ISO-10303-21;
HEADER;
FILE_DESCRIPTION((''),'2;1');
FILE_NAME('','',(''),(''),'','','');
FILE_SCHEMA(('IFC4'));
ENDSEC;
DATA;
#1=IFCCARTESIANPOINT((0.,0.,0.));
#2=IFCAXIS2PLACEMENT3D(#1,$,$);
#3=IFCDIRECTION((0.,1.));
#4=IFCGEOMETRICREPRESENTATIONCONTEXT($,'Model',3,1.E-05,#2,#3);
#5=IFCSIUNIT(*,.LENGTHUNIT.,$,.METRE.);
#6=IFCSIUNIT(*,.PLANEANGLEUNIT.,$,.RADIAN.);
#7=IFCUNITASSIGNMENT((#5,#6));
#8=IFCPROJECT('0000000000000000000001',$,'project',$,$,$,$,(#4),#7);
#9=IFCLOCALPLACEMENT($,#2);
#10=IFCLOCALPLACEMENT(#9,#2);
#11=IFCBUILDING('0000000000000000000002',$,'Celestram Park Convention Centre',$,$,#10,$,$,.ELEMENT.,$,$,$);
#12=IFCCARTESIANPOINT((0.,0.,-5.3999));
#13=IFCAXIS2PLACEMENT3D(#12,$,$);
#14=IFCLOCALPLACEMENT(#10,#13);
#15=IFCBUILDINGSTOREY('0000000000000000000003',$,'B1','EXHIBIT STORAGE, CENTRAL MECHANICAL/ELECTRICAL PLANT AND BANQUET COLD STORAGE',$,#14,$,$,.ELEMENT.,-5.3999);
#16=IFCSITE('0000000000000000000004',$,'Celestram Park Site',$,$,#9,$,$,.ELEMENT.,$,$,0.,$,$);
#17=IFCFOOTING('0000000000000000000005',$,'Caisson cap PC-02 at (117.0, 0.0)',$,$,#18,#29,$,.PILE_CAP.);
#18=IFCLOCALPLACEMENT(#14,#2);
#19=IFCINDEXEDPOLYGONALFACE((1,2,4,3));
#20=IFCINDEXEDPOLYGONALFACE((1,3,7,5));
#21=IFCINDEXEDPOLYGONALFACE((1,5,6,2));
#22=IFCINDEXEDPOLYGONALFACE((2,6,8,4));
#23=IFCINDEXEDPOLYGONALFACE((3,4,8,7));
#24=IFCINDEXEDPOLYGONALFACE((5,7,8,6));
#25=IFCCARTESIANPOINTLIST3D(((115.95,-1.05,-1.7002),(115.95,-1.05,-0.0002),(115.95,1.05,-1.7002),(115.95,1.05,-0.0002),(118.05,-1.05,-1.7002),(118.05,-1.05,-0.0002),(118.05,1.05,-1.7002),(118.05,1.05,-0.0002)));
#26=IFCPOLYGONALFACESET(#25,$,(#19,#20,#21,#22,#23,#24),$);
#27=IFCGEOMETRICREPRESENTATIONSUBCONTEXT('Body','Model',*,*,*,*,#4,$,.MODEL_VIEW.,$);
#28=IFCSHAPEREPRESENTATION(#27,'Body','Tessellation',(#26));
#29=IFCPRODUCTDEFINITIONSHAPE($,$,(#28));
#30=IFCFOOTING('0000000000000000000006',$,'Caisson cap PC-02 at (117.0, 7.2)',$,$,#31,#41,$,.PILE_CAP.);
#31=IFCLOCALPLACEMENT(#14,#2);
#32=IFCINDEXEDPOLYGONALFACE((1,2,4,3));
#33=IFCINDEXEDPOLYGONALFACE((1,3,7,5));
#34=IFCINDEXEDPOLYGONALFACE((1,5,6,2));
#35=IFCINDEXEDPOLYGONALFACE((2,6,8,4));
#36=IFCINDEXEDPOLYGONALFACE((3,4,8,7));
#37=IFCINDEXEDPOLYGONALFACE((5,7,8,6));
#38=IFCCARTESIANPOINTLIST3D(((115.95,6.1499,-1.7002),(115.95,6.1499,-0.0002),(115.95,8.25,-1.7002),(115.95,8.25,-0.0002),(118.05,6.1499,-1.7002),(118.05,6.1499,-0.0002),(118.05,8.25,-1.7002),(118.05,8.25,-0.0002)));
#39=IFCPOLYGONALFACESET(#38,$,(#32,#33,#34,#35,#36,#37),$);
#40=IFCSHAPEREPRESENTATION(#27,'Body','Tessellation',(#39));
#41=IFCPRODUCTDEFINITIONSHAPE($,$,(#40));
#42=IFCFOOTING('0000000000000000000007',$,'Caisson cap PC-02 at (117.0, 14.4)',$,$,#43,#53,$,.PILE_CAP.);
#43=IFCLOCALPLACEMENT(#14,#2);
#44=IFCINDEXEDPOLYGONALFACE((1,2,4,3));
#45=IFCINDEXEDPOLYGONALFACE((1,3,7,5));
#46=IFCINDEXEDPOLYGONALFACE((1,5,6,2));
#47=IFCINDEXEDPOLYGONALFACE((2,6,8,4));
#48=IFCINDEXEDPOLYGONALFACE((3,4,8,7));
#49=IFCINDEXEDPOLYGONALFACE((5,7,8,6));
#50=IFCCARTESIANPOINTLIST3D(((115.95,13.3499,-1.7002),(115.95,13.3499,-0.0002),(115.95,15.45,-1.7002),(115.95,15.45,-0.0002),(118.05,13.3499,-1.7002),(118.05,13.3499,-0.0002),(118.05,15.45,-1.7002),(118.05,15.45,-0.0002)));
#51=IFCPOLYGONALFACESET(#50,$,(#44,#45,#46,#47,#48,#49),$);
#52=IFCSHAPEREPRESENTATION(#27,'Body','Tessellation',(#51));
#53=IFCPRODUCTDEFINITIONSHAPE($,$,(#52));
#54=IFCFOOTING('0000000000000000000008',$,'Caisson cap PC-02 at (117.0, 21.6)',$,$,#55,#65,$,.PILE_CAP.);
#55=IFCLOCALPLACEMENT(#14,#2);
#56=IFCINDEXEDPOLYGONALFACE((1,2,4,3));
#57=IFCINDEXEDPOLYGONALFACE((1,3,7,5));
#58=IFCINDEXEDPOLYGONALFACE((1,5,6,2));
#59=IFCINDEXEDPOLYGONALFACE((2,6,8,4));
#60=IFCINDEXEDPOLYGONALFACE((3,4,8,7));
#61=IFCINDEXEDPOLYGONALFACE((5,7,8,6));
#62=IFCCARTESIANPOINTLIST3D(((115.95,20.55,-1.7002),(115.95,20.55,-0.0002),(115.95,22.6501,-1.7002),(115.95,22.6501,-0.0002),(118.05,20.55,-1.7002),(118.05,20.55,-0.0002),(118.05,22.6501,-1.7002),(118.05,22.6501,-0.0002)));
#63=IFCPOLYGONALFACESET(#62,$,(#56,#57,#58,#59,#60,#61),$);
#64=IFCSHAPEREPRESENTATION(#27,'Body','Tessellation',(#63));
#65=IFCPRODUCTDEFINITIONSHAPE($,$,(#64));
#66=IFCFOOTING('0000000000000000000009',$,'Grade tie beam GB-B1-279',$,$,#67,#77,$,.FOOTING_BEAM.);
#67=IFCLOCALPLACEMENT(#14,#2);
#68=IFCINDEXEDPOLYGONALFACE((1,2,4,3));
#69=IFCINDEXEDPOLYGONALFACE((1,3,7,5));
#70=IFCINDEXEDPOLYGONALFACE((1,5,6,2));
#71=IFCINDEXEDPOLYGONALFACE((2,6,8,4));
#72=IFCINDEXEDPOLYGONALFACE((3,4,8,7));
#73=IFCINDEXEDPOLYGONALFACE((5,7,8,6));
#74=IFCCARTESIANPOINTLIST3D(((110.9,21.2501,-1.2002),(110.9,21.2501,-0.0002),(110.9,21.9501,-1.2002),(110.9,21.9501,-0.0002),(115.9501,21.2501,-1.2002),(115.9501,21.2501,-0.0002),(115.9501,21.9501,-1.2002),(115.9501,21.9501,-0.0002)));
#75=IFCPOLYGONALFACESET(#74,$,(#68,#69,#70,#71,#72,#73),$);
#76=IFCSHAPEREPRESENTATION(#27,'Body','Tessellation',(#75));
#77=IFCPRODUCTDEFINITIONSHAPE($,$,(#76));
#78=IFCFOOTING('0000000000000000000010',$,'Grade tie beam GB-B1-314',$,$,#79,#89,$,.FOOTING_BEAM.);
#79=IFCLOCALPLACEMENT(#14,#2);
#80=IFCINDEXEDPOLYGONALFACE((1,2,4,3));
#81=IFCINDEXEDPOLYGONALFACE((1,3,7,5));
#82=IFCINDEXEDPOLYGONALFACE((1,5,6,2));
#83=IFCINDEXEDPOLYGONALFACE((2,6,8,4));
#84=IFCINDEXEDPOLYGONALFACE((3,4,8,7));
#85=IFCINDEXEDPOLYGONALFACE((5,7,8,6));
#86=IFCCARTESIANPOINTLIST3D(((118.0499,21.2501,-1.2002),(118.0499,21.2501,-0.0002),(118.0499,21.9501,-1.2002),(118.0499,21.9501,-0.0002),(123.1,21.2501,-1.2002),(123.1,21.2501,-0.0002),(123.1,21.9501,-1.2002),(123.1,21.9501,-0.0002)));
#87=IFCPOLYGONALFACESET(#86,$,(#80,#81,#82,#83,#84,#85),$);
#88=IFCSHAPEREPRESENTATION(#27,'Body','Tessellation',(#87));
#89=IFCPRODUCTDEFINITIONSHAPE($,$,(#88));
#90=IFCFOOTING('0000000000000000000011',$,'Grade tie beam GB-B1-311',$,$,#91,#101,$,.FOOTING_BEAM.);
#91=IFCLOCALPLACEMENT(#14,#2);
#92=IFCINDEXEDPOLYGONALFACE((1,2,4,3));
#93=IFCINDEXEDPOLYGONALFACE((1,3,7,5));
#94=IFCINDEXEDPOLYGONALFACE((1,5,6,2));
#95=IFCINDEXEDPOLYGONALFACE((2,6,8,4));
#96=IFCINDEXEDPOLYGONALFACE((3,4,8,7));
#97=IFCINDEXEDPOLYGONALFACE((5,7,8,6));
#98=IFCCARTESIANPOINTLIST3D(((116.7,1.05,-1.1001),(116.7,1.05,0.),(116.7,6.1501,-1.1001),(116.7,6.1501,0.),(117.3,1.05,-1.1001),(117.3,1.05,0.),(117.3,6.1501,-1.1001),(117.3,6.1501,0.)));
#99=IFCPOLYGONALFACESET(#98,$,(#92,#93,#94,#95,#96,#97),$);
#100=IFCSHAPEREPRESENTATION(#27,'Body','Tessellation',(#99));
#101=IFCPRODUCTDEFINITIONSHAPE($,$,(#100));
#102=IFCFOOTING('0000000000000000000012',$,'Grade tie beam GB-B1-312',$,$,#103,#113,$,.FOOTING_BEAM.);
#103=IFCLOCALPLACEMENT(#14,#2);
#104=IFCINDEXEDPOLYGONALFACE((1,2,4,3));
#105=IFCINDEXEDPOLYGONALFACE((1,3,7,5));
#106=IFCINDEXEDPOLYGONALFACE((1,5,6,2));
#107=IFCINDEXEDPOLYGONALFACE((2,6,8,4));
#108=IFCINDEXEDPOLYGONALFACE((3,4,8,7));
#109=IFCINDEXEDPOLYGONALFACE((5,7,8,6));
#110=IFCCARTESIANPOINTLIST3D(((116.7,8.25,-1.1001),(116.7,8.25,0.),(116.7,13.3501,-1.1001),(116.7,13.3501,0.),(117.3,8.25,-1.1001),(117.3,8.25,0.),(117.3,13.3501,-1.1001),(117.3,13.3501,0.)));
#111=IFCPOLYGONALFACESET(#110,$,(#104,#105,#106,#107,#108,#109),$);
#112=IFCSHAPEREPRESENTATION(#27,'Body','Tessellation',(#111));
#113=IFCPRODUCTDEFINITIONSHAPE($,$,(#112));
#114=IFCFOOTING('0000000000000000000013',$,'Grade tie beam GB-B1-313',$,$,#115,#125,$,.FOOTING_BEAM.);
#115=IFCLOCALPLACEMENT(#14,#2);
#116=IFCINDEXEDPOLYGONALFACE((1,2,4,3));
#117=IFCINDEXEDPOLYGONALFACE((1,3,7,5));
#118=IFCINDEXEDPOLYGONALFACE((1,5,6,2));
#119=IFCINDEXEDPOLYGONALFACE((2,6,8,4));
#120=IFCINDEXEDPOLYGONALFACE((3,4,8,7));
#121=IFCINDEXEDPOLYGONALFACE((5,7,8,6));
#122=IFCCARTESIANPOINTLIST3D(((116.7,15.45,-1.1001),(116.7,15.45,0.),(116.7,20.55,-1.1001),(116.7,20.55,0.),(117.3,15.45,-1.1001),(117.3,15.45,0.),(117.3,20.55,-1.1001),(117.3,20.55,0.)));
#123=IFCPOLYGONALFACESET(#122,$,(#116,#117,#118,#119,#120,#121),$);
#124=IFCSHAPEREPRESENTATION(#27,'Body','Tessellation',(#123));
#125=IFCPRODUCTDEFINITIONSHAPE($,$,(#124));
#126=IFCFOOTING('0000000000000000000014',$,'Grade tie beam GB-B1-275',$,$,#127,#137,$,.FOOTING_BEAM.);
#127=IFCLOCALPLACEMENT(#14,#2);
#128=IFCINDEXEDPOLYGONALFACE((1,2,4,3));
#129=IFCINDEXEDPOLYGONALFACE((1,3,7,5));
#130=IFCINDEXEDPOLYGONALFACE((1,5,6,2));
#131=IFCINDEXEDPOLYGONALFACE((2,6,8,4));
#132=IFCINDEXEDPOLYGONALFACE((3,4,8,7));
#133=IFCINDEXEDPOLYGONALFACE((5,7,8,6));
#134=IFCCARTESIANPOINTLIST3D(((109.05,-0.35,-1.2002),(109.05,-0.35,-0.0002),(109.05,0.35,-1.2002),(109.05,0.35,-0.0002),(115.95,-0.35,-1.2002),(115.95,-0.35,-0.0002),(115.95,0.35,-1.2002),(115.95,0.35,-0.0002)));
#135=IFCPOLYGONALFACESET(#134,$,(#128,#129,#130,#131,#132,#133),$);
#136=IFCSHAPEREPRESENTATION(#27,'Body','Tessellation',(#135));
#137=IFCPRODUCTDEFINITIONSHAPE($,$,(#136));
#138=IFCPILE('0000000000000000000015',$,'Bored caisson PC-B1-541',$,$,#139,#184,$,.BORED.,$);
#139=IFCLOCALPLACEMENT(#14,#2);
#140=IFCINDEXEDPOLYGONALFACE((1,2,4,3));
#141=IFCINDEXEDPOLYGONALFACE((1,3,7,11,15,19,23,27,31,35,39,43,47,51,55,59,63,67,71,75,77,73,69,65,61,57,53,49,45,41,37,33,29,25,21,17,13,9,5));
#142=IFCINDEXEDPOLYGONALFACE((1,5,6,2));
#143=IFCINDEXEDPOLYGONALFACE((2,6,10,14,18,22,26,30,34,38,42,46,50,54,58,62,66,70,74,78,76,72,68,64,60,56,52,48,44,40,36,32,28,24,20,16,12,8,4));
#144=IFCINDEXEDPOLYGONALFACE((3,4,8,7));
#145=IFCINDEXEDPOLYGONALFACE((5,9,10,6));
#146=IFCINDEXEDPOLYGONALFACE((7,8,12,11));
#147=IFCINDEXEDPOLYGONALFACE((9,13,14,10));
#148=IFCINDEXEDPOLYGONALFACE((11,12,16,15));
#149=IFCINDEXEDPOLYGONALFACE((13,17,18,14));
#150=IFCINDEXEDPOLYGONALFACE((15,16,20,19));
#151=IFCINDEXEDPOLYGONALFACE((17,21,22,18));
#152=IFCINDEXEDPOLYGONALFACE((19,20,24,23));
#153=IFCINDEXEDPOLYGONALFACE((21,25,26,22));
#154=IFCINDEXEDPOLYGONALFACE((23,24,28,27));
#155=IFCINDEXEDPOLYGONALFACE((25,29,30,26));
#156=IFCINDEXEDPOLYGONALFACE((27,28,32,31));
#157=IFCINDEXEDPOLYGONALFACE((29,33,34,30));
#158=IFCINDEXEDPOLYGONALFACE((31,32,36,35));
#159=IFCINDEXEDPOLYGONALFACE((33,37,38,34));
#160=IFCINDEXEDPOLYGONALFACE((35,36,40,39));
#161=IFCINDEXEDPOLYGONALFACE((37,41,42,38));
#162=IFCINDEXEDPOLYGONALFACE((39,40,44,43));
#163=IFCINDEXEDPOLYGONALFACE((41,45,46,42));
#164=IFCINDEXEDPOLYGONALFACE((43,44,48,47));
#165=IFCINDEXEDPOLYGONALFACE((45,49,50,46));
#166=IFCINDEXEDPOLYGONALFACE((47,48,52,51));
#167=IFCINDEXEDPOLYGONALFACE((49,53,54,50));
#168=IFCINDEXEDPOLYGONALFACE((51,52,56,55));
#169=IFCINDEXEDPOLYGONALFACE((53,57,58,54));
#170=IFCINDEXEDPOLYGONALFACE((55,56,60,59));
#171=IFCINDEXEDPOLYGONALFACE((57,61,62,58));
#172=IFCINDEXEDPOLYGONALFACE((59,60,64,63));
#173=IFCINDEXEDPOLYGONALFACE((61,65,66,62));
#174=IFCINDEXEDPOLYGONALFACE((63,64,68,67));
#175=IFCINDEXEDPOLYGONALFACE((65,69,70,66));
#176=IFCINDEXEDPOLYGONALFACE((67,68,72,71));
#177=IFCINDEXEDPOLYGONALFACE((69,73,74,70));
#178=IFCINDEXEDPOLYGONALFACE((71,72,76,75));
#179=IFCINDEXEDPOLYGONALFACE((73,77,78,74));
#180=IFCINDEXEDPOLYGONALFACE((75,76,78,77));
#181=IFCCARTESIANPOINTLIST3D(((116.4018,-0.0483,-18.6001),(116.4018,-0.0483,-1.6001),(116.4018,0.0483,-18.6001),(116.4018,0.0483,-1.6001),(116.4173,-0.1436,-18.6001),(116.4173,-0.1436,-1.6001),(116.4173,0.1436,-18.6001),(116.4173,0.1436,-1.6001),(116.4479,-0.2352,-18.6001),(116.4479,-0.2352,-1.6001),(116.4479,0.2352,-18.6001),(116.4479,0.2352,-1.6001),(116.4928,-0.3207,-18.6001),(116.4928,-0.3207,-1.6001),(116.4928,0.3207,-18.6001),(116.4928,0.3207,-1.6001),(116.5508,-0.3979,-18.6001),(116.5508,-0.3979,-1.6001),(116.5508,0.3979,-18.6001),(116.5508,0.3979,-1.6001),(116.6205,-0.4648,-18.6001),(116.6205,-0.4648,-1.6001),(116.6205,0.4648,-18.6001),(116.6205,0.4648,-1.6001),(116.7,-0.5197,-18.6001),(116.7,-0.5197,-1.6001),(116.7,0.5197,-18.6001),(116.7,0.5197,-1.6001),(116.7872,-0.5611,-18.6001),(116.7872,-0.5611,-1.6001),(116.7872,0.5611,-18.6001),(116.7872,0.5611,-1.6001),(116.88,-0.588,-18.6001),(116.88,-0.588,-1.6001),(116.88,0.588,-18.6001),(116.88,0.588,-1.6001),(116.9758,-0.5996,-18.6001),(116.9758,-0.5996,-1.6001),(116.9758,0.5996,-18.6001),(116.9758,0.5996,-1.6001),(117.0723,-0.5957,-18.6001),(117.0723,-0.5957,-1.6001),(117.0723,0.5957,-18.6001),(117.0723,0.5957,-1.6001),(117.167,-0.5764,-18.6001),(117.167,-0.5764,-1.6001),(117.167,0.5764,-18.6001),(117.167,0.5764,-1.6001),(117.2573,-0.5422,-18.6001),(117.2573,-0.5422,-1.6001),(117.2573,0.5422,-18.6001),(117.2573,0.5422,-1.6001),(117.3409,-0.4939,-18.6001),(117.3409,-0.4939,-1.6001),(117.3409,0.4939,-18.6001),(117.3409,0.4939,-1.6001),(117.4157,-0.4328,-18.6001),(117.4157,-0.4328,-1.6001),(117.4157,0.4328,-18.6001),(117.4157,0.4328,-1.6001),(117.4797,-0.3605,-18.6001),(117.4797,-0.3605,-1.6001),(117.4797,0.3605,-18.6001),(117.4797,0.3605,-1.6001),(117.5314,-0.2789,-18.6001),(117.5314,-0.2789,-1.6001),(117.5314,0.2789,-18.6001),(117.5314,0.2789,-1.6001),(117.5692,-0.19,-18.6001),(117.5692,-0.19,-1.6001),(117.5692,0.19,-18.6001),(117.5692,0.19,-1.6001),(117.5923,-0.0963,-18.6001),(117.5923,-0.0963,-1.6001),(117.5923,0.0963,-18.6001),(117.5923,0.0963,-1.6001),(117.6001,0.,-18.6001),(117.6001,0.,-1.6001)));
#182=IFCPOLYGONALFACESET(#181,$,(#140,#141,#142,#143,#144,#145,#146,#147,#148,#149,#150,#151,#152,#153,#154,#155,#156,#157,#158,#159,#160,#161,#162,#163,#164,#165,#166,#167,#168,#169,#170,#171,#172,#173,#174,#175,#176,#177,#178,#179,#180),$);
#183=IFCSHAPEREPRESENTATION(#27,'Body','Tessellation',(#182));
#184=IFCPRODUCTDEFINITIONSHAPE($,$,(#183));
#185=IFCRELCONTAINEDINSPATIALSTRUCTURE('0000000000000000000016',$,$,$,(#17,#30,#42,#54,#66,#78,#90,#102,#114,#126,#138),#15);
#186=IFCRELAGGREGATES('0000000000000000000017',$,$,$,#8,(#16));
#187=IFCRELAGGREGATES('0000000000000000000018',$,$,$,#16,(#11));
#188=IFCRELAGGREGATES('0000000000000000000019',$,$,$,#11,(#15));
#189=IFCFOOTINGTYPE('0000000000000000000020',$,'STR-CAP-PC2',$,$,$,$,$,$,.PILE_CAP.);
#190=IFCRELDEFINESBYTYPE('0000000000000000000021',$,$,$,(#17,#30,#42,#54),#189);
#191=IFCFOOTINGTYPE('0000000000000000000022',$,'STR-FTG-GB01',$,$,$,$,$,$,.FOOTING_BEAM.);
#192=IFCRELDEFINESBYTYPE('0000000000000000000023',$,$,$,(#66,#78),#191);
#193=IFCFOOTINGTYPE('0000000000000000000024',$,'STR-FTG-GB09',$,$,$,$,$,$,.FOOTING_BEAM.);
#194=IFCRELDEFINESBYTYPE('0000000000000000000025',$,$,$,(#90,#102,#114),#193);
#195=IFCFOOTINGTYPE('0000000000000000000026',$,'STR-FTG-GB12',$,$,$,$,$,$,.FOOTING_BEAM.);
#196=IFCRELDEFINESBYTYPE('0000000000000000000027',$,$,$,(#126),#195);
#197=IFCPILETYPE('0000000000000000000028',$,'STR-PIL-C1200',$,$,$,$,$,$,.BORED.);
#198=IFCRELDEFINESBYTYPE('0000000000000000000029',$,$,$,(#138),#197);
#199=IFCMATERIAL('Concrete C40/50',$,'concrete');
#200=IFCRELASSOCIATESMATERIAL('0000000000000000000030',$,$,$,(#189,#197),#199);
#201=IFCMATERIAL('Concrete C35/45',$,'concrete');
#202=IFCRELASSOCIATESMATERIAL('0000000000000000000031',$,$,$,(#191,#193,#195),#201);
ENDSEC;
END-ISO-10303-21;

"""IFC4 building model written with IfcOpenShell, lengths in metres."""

from ifc_helpers import new_model, si_unit, direction, frame, origin, origin_2d, place, context, subcontext, project, spatial, rectangle, circle, extrude, material, material_profile, profile_set, type_object, element, save


model = new_model("IFC4")

# Units and contexts
model_context = context("Model", 3, precision=1e-05, world=origin(), true_north=direction((0.0, 1.0)))
body_context = subcontext(model_context, "Body", "Model", "MODEL_VIEW")
ifc_project = project(units=[si_unit("LENGTHUNIT", "METRE"), si_unit("PLANEANGLEUNIT", "RADIAN")], contexts=[model_context])

# Site, building, storey
site_placement = place(None, origin())
site = spatial("IfcSite", under=ifc_project, at=site_placement, Name="Celestram Park Site", CompositionType="ELEMENT", RefElevation=0.0)
building_placement = place(site_placement, origin())
building = spatial("IfcBuilding", under=site, at=building_placement, Name="Celestram Park Convention Centre", CompositionType="ELEMENT")
storey_placement = place(building_placement, frame((0.0, 0.0, -5.3999)))
storey = spatial("IfcBuildingStorey", under=building, at=storey_placement, Name="B1", Description="EXHIBIT STORAGE, CENTRAL MECHANICAL/ELECTRICAL PLANT AND BANQUET COLD STORAGE", CompositionType="ELEMENT", Elevation=-5.3999)

# Footings
ifc_material_1 = material(Name="Concrete C40/50", Category="concrete")
footing_type_1 = type_object("IfcFootingType", Name="STR-CAP-PC2", PredefinedType="PILE_CAP", material=ifc_material_1)
for number, where, z_axis, x_axis, name in (
    (1, (117.0, 0.0, -1.7002), (0.0, 0.0, 1.0), (1.0, 0.0, 0.0), "Caisson cap PC-02 at (117.0, 0.0)"),
    (2, (117.0, 7.2, -1.7002), (0.0, 0.0, 1.0), (1.0, 0.0, 0.0), "Caisson cap PC-02 at (117.0, 7.2)"),
    (3, (117.0, 14.3999, -1.7002), (0.0, 0.0, 1.0), (1.0, 0.0, 0.0), "Caisson cap PC-02 at (117.0, 14.4)"),
    (4, (117.0, 21.6001, -1.7002), (0.0, 0.0, 1.0), (1.0, 0.0, 0.0), "Caisson cap PC-02 at (117.0, 21.6)"),
):
    element("IfcFooting", number, at=place(storey_placement, frame(where, z_axis=z_axis, x_axis=x_axis)), inside=storey, type_object=footing_type_1, Name=name, PredefinedType="PILE_CAP", context=body_context, shape_type="SweptSolid", body=[
        extrude(rectangle(XDim=2.1001, YDim=2.1001, at=origin_2d()), origin(), (0.0, 0.0, 1.0), 1.7),
    ])
ifc_material_2 = material(Name="Concrete C35/45", Category="concrete")
footing_type_2 = type_object("IfcFootingType", Name="STR-FTG-GB01", PredefinedType="FOOTING_BEAM", material=ifc_material_2)
for number, where, z_axis, x_axis, name in (
    (5, (113.425, 21.6001, -1.2002), (0.0, 0.0, 1.0), (1.0, 0.0, 0.0), "Grade tie beam GB-B1-279"),
    (6, (120.575, 21.6001, -1.2002), (0.0, 0.0, 1.0), (1.0, 0.0, 0.0), "Grade tie beam GB-B1-314"),
):
    element("IfcFooting", number, at=place(storey_placement, frame(where, z_axis=z_axis, x_axis=x_axis)), inside=storey, type_object=footing_type_2, Name=name, PredefinedType="FOOTING_BEAM", context=body_context, shape_type="SweptSolid", body=[
        extrude(rectangle(XDim=5.05, YDim=0.7, at=origin_2d()), origin(), (0.0, 0.0, 1.0), 1.2),
    ])
footing_type_3 = type_object("IfcFootingType", Name="STR-FTG-GB09", PredefinedType="FOOTING_BEAM", material=ifc_material_2)
for number, where, z_axis, x_axis, name in (
    (7, (117.0, 3.6001, -1.1001), (0.0, 0.0, 1.0), (0.0, 1.0, 0.0), "Grade tie beam GB-B1-311"),
    (8, (117.0, 10.8, -1.1001), (0.0, 0.0, 1.0), (0.0, 1.0, 0.0), "Grade tie beam GB-B1-312"),
    (9, (117.0, 18.0, -1.1001), (0.0, 0.0, 1.0), (0.0, 1.0, 0.0), "Grade tie beam GB-B1-313"),
):
    element("IfcFooting", number, at=place(storey_placement, frame(where, z_axis=z_axis, x_axis=x_axis)), inside=storey, type_object=footing_type_3, Name=name, PredefinedType="FOOTING_BEAM", context=body_context, shape_type="SweptSolid", body=[
        extrude(rectangle(XDim=5.1001, YDim=0.6001, at=origin_2d()), origin(), (0.0, 0.0, 1.0), 1.1001),
    ])
footing_type_4 = type_object("IfcFootingType", Name="STR-FTG-GB12", PredefinedType="FOOTING_BEAM", material=ifc_material_2)
footing_placement = place(storey_placement, frame((112.5, 0.0, -1.2002), z_axis=(0.0, 0.0, 1.0), x_axis=(1.0, 0.0, 0.0)))
element("IfcFooting", 10, at=footing_placement, inside=storey, type_object=footing_type_4, Name="Grade tie beam GB-B1-275", PredefinedType="FOOTING_BEAM", context=body_context, shape_type="SweptSolid", body=[
    extrude(rectangle(XDim=6.8999, YDim=0.7, at=origin_2d()), origin(), (0.0, 0.0, 1.0), 1.2),
])

# Pile
ifc_material_profile_1 = material_profile(ifc_material_1, circle(Radius=0.6001, at=origin_2d()), Name="CAISSON1200")
ifc_profile_set_1 = profile_set([ifc_material_profile_1], Name="Concrete C40/50")
pile_type_1 = type_object("IfcPileType", Name="STR-PIL-C1200", PredefinedType="BORED", material=ifc_profile_set_1)
for number, where, z_axis, x_axis, name in (
    (11, (117.0, 0.0, -1.6001), (0.0, 0.0, -1.0), (1.0, 0.0, 0.0), "Bored caisson PC-B1-541"),
):
    element("IfcPile", number, at=place(storey_placement, frame(where, z_axis=z_axis, x_axis=x_axis)), inside=storey, type_object=pile_type_1, Name=name, PredefinedType="BORED", context=body_context, shape_type="SweptSolid", body=[
        extrude(circle(Radius=0.6001, at=origin_2d()), origin(), (0.0, 0.0, 1.0), 17.0),
    ])

save(model, "model.ifc")
